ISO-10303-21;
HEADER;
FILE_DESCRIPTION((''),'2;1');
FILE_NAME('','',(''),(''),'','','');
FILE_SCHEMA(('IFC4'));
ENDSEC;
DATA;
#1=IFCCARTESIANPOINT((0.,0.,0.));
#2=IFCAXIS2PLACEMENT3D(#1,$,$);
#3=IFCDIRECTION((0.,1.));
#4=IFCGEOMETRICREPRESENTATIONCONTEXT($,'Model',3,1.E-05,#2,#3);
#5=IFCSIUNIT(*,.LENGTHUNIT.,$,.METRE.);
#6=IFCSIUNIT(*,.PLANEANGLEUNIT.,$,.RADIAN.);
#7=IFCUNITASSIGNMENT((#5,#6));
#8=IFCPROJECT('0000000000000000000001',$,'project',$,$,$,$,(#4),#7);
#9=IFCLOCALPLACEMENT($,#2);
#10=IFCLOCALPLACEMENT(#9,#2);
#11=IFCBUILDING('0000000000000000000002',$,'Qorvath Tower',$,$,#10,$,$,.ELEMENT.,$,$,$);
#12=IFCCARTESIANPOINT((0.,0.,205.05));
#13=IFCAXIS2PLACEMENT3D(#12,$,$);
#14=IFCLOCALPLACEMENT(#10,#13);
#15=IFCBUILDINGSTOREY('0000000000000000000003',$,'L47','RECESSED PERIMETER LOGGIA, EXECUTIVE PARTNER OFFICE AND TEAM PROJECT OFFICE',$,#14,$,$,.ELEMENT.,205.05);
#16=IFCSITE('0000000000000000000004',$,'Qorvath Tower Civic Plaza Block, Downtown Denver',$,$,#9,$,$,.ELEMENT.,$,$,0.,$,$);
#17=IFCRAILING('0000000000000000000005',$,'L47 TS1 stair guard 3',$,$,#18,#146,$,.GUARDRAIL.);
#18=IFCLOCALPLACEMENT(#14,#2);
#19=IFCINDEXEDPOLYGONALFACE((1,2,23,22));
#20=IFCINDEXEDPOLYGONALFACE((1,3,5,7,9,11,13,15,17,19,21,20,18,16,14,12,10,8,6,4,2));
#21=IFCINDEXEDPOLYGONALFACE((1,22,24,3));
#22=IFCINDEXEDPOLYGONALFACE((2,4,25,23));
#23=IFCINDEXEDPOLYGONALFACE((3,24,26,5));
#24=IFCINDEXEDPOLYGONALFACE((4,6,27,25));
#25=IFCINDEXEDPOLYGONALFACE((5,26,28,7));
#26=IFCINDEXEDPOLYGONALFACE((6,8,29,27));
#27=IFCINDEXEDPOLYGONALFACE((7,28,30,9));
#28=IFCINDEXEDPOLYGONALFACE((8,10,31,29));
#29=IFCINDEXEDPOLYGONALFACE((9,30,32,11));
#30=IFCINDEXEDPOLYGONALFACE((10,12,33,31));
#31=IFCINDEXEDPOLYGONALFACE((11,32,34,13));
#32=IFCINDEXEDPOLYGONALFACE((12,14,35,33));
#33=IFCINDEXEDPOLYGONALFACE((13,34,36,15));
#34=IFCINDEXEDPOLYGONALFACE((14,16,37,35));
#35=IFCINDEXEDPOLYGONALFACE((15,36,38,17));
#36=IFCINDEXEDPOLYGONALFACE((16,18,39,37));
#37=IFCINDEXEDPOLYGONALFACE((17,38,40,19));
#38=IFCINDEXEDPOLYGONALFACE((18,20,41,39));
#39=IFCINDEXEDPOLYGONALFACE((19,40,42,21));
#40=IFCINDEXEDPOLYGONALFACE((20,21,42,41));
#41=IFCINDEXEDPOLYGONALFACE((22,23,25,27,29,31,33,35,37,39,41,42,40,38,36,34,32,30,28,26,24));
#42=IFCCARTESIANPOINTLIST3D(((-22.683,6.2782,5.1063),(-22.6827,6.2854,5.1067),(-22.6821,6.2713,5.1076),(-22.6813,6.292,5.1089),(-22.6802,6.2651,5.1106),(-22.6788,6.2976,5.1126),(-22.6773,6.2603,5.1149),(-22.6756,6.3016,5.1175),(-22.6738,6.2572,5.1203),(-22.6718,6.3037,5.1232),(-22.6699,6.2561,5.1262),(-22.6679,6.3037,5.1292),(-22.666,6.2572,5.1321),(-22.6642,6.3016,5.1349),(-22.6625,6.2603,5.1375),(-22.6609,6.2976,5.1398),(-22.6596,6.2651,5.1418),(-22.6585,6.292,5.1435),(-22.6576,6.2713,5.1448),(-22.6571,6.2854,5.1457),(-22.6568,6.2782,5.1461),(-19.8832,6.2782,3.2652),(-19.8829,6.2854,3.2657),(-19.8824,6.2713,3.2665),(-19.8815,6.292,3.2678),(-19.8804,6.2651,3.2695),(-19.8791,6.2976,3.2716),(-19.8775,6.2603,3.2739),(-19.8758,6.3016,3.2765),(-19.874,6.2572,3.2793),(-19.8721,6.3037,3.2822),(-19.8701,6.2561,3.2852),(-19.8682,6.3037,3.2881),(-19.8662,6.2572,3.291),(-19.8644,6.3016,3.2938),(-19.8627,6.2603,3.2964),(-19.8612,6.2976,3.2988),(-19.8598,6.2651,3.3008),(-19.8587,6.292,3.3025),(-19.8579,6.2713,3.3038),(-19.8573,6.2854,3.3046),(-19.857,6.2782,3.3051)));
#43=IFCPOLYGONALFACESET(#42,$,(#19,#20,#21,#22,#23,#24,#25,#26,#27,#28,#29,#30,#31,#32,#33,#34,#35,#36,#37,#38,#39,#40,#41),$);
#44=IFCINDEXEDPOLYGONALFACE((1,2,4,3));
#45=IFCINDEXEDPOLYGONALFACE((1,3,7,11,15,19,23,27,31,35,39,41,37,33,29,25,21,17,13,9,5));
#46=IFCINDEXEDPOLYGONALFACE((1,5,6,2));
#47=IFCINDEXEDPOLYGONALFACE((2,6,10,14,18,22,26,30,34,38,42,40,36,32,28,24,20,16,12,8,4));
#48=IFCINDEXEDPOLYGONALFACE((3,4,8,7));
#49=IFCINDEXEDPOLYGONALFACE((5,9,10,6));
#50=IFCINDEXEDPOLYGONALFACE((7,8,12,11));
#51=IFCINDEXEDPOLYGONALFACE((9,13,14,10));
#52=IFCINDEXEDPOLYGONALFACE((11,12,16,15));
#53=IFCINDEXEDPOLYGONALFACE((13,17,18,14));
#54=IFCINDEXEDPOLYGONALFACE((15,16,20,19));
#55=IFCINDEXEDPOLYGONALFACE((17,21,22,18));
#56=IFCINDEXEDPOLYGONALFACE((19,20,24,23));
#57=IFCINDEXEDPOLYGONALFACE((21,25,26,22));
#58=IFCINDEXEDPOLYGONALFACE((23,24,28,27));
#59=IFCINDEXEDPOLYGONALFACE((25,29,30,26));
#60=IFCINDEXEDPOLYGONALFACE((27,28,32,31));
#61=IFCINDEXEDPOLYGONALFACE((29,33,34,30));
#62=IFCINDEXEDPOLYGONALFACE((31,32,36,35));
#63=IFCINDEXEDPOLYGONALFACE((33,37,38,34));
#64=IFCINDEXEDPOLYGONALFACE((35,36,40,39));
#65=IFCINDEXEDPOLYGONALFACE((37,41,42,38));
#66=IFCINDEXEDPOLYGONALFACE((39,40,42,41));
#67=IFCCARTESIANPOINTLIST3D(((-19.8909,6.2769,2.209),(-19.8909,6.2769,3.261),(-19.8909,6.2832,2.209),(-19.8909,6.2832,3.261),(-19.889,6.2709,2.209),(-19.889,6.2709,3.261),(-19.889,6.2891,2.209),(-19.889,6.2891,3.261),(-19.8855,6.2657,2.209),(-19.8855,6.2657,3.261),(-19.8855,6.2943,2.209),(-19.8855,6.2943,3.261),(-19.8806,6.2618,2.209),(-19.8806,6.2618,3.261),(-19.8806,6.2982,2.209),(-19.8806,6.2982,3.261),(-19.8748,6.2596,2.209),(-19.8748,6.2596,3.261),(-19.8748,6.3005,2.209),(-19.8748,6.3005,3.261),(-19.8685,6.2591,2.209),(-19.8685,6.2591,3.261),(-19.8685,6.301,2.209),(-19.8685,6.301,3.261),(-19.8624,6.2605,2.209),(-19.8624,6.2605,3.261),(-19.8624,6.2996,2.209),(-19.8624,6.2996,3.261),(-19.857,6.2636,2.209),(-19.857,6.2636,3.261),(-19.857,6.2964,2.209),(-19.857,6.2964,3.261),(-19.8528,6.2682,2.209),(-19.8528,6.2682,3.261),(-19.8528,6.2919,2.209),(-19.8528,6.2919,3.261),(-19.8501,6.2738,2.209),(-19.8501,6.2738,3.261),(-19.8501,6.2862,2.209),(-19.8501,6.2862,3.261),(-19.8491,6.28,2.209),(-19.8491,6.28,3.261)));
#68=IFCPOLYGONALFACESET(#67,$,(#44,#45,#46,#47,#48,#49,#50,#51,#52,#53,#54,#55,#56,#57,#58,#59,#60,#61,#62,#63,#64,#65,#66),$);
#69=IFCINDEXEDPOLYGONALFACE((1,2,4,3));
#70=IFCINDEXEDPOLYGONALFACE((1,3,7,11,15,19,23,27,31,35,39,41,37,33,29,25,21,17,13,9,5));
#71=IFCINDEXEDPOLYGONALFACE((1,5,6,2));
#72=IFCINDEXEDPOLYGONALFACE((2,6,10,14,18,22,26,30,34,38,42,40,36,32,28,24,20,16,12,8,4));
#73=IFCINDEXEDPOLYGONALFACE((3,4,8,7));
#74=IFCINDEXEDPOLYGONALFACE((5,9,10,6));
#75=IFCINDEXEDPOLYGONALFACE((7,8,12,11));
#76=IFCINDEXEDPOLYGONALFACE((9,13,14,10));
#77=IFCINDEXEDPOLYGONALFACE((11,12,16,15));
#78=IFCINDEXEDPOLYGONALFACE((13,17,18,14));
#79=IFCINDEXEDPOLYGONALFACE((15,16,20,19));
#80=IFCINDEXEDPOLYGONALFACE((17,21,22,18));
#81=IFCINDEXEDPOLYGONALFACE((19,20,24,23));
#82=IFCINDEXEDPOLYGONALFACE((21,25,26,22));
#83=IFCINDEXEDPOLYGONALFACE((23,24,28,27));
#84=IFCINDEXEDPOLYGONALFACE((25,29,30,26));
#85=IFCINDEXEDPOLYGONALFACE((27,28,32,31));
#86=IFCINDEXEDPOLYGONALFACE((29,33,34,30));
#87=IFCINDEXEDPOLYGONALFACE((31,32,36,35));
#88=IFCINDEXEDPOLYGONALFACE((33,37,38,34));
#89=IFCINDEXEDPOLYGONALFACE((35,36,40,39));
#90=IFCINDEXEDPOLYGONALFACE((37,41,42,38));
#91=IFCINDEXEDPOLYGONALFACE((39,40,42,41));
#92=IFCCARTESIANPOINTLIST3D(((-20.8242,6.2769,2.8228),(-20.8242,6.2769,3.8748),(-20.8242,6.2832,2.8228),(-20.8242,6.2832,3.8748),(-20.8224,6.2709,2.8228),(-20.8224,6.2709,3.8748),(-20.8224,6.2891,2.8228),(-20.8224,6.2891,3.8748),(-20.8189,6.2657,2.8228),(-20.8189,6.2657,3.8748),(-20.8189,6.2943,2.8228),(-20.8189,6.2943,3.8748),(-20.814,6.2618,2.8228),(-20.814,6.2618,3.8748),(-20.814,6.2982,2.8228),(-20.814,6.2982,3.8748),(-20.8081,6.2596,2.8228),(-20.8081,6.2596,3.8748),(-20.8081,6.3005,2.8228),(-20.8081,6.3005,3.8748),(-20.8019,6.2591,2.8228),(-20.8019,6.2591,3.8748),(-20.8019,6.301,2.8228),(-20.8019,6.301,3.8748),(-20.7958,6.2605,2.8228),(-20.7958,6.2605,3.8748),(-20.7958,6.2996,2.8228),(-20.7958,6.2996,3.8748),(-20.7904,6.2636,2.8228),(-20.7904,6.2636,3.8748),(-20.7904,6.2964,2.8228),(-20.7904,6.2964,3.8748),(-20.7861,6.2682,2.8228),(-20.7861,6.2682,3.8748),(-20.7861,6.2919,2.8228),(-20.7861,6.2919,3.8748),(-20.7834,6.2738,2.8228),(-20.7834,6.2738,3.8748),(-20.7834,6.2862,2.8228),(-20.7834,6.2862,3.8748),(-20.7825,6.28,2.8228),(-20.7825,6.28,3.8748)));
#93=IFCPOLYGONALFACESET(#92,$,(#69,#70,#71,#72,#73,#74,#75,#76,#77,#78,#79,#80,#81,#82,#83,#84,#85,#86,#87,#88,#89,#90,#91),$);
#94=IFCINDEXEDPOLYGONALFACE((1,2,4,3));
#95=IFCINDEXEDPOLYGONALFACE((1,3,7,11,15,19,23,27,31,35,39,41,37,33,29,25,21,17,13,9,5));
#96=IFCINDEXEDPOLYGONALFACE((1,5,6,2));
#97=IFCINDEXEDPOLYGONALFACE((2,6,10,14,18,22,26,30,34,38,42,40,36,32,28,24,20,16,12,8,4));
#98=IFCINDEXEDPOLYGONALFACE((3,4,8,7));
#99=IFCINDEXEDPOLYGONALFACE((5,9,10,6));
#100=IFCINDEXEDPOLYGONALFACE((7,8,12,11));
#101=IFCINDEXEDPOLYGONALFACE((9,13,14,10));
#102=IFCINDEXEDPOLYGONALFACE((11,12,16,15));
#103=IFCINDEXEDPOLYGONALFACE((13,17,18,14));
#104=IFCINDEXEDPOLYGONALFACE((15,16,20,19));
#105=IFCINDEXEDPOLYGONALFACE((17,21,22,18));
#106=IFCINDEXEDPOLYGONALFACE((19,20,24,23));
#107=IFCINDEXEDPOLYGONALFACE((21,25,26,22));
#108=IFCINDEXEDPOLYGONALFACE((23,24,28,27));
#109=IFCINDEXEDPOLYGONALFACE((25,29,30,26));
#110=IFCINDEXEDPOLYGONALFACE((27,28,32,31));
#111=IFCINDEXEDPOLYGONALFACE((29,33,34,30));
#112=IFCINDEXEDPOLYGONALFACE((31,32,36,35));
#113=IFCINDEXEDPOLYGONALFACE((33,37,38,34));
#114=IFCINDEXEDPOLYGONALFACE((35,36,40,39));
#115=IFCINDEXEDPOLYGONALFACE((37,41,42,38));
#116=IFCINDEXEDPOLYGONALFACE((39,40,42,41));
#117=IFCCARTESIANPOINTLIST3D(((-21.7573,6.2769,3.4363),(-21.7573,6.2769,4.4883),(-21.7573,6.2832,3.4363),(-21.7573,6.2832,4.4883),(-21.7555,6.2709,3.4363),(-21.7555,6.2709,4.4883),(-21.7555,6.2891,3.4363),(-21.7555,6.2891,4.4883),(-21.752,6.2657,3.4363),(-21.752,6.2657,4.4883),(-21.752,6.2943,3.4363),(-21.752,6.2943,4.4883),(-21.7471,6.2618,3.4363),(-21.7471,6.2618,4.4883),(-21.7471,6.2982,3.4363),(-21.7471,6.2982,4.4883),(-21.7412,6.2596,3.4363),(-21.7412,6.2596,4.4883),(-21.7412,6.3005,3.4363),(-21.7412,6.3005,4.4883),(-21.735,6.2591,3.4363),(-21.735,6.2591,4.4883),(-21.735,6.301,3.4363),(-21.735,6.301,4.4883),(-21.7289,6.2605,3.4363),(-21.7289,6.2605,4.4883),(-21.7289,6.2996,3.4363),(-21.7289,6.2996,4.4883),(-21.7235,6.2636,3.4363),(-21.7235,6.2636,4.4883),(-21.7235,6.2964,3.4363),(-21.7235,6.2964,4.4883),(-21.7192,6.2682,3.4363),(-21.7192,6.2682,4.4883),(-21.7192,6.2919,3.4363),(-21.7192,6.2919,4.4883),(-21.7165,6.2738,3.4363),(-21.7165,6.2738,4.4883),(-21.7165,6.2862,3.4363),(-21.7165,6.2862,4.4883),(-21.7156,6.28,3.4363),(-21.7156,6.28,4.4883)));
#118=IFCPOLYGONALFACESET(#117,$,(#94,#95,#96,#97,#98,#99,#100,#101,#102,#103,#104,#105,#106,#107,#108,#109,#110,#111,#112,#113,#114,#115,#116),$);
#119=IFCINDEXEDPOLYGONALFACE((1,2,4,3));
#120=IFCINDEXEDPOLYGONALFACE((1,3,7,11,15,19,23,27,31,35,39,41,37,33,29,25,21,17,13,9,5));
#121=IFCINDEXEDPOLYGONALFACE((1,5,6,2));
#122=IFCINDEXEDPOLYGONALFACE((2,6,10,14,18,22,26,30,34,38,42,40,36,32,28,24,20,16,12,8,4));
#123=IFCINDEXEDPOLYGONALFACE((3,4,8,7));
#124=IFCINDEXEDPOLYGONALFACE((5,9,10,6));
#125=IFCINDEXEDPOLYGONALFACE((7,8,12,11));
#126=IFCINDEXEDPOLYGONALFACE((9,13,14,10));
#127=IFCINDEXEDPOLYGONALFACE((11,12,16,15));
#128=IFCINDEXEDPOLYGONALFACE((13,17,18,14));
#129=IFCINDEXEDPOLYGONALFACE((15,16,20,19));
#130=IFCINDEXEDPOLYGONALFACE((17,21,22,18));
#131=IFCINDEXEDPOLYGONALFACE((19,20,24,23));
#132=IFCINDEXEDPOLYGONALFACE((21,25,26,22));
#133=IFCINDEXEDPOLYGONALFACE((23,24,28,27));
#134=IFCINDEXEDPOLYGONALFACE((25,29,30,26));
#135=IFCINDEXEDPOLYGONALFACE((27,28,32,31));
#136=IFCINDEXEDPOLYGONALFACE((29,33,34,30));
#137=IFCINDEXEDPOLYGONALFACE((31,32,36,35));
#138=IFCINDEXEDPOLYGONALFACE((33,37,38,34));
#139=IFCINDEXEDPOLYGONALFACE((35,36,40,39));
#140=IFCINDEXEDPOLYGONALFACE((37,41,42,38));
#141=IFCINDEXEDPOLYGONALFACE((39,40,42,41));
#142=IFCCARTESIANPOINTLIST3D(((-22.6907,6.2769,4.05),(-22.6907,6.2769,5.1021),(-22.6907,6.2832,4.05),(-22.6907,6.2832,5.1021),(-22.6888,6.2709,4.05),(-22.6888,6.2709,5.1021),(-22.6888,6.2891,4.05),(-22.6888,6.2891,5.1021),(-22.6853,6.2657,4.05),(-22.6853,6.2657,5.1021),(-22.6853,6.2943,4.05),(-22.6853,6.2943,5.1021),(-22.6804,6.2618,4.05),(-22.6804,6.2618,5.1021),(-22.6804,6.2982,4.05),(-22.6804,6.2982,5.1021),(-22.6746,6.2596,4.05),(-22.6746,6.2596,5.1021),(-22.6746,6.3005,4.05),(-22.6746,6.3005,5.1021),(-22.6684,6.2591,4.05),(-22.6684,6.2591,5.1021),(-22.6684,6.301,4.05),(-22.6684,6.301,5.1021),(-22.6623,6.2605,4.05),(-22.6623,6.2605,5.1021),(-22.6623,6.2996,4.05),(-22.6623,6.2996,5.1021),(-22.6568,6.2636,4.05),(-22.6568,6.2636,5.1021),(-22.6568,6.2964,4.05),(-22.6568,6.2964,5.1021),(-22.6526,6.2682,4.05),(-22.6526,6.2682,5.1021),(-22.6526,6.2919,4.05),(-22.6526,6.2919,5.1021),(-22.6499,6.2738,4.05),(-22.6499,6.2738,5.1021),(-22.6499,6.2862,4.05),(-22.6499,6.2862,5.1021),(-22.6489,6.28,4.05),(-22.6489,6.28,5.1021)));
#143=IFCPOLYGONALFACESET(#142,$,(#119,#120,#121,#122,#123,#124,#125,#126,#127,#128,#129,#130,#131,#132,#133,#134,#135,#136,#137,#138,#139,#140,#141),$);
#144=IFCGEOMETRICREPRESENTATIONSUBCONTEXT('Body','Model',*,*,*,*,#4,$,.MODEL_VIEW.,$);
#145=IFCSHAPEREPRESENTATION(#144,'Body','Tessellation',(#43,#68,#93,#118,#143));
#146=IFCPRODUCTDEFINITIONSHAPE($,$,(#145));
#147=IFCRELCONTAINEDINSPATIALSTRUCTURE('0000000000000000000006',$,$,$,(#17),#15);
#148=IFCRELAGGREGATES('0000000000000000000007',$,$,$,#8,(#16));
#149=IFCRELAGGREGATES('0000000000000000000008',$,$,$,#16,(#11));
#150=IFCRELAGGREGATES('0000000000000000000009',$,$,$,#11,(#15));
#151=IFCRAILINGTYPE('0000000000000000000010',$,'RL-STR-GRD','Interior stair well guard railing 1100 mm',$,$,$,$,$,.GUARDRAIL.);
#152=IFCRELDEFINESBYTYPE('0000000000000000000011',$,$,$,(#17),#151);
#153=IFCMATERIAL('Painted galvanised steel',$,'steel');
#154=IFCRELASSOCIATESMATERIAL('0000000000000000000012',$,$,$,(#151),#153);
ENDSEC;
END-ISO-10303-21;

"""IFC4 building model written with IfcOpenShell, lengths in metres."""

from ifc_helpers import new_model, si_unit, direction, frame, origin, origin_2d, place, context, subcontext, project, spatial, circle, extrude, material, type_object, element, save


model = new_model("IFC4")

# Units and contexts
model_context = context("Model", 3, precision=1e-05, world=origin(), true_north=direction((0.0, 1.0)))
body_context = subcontext(model_context, "Body", "Model", "MODEL_VIEW")
ifc_project = project(units=[si_unit("LENGTHUNIT", "METRE"), si_unit("PLANEANGLEUNIT", "RADIAN")], contexts=[model_context])

# Site, building, storey
site_placement = place(None, origin())
site = spatial("IfcSite", under=ifc_project, at=site_placement, Name="Qorvath Tower Civic Plaza Block, Downtown Denver", CompositionType="ELEMENT", RefElevation=0.0)
building_placement = place(site_placement, origin())
building = spatial("IfcBuilding", under=site, at=building_placement, Name="Qorvath Tower", CompositionType="ELEMENT")
storey_placement = place(building_placement, frame((0.0, 0.0, 205.05)))
storey = spatial("IfcBuildingStorey", under=building, at=storey_placement, Name="L47", Description="RECESSED PERIMETER LOGGIA, EXECUTIVE PARTNER OFFICE AND TEAM PROJECT OFFICE", CompositionType="ELEMENT", Elevation=205.05)

# Railing
ifc_material_1 = material(Name="Painted galvanised steel", Category="steel")
railing_type_1 = type_object("IfcRailingType", Name="RL-STR-GRD", Description="Interior stair well guard railing 1100 mm", PredefinedType="GUARDRAIL", material=ifc_material_1)
railing_1_placement = place(storey_placement, frame((-19.8701, 6.28, 2.209)))
element("IfcRailing", 1, at=railing_1_placement, inside=storey, type_object=railing_type_1, Name="L47 TS1 stair guard 3", PredefinedType="GUARDRAIL", context=body_context, shape_type="SweptSolid", body=[
    extrude(circle(Radius=0.0239, at=origin_2d()), frame((0.0, 0.0, 1.0762), z_axis=(-0.835542, 0.0, 0.549426), x_axis=(0.0, -1.0, 0.0)), (0.0, 0.0, 1.0), 3.3508),
    extrude(circle(Radius=0.021, at=origin_2d()), origin(), (0.0, 0.0, 1.0), 1.052),
    extrude(circle(Radius=0.021, at=origin_2d()), frame((-0.9333, 0.0, 0.6138)), (0.0, 0.0, 1.0), 1.052),
    extrude(circle(Radius=0.021, at=origin_2d()), frame((-1.8665, 0.0, 1.2273)), (0.0, 0.0, 1.0), 1.052),
    extrude(circle(Radius=0.021, at=origin_2d()), frame((-2.7998, 0.0, 1.8411)), (0.0, 0.0, 1.0), 1.052),
])

save(model, "model.ifc")
